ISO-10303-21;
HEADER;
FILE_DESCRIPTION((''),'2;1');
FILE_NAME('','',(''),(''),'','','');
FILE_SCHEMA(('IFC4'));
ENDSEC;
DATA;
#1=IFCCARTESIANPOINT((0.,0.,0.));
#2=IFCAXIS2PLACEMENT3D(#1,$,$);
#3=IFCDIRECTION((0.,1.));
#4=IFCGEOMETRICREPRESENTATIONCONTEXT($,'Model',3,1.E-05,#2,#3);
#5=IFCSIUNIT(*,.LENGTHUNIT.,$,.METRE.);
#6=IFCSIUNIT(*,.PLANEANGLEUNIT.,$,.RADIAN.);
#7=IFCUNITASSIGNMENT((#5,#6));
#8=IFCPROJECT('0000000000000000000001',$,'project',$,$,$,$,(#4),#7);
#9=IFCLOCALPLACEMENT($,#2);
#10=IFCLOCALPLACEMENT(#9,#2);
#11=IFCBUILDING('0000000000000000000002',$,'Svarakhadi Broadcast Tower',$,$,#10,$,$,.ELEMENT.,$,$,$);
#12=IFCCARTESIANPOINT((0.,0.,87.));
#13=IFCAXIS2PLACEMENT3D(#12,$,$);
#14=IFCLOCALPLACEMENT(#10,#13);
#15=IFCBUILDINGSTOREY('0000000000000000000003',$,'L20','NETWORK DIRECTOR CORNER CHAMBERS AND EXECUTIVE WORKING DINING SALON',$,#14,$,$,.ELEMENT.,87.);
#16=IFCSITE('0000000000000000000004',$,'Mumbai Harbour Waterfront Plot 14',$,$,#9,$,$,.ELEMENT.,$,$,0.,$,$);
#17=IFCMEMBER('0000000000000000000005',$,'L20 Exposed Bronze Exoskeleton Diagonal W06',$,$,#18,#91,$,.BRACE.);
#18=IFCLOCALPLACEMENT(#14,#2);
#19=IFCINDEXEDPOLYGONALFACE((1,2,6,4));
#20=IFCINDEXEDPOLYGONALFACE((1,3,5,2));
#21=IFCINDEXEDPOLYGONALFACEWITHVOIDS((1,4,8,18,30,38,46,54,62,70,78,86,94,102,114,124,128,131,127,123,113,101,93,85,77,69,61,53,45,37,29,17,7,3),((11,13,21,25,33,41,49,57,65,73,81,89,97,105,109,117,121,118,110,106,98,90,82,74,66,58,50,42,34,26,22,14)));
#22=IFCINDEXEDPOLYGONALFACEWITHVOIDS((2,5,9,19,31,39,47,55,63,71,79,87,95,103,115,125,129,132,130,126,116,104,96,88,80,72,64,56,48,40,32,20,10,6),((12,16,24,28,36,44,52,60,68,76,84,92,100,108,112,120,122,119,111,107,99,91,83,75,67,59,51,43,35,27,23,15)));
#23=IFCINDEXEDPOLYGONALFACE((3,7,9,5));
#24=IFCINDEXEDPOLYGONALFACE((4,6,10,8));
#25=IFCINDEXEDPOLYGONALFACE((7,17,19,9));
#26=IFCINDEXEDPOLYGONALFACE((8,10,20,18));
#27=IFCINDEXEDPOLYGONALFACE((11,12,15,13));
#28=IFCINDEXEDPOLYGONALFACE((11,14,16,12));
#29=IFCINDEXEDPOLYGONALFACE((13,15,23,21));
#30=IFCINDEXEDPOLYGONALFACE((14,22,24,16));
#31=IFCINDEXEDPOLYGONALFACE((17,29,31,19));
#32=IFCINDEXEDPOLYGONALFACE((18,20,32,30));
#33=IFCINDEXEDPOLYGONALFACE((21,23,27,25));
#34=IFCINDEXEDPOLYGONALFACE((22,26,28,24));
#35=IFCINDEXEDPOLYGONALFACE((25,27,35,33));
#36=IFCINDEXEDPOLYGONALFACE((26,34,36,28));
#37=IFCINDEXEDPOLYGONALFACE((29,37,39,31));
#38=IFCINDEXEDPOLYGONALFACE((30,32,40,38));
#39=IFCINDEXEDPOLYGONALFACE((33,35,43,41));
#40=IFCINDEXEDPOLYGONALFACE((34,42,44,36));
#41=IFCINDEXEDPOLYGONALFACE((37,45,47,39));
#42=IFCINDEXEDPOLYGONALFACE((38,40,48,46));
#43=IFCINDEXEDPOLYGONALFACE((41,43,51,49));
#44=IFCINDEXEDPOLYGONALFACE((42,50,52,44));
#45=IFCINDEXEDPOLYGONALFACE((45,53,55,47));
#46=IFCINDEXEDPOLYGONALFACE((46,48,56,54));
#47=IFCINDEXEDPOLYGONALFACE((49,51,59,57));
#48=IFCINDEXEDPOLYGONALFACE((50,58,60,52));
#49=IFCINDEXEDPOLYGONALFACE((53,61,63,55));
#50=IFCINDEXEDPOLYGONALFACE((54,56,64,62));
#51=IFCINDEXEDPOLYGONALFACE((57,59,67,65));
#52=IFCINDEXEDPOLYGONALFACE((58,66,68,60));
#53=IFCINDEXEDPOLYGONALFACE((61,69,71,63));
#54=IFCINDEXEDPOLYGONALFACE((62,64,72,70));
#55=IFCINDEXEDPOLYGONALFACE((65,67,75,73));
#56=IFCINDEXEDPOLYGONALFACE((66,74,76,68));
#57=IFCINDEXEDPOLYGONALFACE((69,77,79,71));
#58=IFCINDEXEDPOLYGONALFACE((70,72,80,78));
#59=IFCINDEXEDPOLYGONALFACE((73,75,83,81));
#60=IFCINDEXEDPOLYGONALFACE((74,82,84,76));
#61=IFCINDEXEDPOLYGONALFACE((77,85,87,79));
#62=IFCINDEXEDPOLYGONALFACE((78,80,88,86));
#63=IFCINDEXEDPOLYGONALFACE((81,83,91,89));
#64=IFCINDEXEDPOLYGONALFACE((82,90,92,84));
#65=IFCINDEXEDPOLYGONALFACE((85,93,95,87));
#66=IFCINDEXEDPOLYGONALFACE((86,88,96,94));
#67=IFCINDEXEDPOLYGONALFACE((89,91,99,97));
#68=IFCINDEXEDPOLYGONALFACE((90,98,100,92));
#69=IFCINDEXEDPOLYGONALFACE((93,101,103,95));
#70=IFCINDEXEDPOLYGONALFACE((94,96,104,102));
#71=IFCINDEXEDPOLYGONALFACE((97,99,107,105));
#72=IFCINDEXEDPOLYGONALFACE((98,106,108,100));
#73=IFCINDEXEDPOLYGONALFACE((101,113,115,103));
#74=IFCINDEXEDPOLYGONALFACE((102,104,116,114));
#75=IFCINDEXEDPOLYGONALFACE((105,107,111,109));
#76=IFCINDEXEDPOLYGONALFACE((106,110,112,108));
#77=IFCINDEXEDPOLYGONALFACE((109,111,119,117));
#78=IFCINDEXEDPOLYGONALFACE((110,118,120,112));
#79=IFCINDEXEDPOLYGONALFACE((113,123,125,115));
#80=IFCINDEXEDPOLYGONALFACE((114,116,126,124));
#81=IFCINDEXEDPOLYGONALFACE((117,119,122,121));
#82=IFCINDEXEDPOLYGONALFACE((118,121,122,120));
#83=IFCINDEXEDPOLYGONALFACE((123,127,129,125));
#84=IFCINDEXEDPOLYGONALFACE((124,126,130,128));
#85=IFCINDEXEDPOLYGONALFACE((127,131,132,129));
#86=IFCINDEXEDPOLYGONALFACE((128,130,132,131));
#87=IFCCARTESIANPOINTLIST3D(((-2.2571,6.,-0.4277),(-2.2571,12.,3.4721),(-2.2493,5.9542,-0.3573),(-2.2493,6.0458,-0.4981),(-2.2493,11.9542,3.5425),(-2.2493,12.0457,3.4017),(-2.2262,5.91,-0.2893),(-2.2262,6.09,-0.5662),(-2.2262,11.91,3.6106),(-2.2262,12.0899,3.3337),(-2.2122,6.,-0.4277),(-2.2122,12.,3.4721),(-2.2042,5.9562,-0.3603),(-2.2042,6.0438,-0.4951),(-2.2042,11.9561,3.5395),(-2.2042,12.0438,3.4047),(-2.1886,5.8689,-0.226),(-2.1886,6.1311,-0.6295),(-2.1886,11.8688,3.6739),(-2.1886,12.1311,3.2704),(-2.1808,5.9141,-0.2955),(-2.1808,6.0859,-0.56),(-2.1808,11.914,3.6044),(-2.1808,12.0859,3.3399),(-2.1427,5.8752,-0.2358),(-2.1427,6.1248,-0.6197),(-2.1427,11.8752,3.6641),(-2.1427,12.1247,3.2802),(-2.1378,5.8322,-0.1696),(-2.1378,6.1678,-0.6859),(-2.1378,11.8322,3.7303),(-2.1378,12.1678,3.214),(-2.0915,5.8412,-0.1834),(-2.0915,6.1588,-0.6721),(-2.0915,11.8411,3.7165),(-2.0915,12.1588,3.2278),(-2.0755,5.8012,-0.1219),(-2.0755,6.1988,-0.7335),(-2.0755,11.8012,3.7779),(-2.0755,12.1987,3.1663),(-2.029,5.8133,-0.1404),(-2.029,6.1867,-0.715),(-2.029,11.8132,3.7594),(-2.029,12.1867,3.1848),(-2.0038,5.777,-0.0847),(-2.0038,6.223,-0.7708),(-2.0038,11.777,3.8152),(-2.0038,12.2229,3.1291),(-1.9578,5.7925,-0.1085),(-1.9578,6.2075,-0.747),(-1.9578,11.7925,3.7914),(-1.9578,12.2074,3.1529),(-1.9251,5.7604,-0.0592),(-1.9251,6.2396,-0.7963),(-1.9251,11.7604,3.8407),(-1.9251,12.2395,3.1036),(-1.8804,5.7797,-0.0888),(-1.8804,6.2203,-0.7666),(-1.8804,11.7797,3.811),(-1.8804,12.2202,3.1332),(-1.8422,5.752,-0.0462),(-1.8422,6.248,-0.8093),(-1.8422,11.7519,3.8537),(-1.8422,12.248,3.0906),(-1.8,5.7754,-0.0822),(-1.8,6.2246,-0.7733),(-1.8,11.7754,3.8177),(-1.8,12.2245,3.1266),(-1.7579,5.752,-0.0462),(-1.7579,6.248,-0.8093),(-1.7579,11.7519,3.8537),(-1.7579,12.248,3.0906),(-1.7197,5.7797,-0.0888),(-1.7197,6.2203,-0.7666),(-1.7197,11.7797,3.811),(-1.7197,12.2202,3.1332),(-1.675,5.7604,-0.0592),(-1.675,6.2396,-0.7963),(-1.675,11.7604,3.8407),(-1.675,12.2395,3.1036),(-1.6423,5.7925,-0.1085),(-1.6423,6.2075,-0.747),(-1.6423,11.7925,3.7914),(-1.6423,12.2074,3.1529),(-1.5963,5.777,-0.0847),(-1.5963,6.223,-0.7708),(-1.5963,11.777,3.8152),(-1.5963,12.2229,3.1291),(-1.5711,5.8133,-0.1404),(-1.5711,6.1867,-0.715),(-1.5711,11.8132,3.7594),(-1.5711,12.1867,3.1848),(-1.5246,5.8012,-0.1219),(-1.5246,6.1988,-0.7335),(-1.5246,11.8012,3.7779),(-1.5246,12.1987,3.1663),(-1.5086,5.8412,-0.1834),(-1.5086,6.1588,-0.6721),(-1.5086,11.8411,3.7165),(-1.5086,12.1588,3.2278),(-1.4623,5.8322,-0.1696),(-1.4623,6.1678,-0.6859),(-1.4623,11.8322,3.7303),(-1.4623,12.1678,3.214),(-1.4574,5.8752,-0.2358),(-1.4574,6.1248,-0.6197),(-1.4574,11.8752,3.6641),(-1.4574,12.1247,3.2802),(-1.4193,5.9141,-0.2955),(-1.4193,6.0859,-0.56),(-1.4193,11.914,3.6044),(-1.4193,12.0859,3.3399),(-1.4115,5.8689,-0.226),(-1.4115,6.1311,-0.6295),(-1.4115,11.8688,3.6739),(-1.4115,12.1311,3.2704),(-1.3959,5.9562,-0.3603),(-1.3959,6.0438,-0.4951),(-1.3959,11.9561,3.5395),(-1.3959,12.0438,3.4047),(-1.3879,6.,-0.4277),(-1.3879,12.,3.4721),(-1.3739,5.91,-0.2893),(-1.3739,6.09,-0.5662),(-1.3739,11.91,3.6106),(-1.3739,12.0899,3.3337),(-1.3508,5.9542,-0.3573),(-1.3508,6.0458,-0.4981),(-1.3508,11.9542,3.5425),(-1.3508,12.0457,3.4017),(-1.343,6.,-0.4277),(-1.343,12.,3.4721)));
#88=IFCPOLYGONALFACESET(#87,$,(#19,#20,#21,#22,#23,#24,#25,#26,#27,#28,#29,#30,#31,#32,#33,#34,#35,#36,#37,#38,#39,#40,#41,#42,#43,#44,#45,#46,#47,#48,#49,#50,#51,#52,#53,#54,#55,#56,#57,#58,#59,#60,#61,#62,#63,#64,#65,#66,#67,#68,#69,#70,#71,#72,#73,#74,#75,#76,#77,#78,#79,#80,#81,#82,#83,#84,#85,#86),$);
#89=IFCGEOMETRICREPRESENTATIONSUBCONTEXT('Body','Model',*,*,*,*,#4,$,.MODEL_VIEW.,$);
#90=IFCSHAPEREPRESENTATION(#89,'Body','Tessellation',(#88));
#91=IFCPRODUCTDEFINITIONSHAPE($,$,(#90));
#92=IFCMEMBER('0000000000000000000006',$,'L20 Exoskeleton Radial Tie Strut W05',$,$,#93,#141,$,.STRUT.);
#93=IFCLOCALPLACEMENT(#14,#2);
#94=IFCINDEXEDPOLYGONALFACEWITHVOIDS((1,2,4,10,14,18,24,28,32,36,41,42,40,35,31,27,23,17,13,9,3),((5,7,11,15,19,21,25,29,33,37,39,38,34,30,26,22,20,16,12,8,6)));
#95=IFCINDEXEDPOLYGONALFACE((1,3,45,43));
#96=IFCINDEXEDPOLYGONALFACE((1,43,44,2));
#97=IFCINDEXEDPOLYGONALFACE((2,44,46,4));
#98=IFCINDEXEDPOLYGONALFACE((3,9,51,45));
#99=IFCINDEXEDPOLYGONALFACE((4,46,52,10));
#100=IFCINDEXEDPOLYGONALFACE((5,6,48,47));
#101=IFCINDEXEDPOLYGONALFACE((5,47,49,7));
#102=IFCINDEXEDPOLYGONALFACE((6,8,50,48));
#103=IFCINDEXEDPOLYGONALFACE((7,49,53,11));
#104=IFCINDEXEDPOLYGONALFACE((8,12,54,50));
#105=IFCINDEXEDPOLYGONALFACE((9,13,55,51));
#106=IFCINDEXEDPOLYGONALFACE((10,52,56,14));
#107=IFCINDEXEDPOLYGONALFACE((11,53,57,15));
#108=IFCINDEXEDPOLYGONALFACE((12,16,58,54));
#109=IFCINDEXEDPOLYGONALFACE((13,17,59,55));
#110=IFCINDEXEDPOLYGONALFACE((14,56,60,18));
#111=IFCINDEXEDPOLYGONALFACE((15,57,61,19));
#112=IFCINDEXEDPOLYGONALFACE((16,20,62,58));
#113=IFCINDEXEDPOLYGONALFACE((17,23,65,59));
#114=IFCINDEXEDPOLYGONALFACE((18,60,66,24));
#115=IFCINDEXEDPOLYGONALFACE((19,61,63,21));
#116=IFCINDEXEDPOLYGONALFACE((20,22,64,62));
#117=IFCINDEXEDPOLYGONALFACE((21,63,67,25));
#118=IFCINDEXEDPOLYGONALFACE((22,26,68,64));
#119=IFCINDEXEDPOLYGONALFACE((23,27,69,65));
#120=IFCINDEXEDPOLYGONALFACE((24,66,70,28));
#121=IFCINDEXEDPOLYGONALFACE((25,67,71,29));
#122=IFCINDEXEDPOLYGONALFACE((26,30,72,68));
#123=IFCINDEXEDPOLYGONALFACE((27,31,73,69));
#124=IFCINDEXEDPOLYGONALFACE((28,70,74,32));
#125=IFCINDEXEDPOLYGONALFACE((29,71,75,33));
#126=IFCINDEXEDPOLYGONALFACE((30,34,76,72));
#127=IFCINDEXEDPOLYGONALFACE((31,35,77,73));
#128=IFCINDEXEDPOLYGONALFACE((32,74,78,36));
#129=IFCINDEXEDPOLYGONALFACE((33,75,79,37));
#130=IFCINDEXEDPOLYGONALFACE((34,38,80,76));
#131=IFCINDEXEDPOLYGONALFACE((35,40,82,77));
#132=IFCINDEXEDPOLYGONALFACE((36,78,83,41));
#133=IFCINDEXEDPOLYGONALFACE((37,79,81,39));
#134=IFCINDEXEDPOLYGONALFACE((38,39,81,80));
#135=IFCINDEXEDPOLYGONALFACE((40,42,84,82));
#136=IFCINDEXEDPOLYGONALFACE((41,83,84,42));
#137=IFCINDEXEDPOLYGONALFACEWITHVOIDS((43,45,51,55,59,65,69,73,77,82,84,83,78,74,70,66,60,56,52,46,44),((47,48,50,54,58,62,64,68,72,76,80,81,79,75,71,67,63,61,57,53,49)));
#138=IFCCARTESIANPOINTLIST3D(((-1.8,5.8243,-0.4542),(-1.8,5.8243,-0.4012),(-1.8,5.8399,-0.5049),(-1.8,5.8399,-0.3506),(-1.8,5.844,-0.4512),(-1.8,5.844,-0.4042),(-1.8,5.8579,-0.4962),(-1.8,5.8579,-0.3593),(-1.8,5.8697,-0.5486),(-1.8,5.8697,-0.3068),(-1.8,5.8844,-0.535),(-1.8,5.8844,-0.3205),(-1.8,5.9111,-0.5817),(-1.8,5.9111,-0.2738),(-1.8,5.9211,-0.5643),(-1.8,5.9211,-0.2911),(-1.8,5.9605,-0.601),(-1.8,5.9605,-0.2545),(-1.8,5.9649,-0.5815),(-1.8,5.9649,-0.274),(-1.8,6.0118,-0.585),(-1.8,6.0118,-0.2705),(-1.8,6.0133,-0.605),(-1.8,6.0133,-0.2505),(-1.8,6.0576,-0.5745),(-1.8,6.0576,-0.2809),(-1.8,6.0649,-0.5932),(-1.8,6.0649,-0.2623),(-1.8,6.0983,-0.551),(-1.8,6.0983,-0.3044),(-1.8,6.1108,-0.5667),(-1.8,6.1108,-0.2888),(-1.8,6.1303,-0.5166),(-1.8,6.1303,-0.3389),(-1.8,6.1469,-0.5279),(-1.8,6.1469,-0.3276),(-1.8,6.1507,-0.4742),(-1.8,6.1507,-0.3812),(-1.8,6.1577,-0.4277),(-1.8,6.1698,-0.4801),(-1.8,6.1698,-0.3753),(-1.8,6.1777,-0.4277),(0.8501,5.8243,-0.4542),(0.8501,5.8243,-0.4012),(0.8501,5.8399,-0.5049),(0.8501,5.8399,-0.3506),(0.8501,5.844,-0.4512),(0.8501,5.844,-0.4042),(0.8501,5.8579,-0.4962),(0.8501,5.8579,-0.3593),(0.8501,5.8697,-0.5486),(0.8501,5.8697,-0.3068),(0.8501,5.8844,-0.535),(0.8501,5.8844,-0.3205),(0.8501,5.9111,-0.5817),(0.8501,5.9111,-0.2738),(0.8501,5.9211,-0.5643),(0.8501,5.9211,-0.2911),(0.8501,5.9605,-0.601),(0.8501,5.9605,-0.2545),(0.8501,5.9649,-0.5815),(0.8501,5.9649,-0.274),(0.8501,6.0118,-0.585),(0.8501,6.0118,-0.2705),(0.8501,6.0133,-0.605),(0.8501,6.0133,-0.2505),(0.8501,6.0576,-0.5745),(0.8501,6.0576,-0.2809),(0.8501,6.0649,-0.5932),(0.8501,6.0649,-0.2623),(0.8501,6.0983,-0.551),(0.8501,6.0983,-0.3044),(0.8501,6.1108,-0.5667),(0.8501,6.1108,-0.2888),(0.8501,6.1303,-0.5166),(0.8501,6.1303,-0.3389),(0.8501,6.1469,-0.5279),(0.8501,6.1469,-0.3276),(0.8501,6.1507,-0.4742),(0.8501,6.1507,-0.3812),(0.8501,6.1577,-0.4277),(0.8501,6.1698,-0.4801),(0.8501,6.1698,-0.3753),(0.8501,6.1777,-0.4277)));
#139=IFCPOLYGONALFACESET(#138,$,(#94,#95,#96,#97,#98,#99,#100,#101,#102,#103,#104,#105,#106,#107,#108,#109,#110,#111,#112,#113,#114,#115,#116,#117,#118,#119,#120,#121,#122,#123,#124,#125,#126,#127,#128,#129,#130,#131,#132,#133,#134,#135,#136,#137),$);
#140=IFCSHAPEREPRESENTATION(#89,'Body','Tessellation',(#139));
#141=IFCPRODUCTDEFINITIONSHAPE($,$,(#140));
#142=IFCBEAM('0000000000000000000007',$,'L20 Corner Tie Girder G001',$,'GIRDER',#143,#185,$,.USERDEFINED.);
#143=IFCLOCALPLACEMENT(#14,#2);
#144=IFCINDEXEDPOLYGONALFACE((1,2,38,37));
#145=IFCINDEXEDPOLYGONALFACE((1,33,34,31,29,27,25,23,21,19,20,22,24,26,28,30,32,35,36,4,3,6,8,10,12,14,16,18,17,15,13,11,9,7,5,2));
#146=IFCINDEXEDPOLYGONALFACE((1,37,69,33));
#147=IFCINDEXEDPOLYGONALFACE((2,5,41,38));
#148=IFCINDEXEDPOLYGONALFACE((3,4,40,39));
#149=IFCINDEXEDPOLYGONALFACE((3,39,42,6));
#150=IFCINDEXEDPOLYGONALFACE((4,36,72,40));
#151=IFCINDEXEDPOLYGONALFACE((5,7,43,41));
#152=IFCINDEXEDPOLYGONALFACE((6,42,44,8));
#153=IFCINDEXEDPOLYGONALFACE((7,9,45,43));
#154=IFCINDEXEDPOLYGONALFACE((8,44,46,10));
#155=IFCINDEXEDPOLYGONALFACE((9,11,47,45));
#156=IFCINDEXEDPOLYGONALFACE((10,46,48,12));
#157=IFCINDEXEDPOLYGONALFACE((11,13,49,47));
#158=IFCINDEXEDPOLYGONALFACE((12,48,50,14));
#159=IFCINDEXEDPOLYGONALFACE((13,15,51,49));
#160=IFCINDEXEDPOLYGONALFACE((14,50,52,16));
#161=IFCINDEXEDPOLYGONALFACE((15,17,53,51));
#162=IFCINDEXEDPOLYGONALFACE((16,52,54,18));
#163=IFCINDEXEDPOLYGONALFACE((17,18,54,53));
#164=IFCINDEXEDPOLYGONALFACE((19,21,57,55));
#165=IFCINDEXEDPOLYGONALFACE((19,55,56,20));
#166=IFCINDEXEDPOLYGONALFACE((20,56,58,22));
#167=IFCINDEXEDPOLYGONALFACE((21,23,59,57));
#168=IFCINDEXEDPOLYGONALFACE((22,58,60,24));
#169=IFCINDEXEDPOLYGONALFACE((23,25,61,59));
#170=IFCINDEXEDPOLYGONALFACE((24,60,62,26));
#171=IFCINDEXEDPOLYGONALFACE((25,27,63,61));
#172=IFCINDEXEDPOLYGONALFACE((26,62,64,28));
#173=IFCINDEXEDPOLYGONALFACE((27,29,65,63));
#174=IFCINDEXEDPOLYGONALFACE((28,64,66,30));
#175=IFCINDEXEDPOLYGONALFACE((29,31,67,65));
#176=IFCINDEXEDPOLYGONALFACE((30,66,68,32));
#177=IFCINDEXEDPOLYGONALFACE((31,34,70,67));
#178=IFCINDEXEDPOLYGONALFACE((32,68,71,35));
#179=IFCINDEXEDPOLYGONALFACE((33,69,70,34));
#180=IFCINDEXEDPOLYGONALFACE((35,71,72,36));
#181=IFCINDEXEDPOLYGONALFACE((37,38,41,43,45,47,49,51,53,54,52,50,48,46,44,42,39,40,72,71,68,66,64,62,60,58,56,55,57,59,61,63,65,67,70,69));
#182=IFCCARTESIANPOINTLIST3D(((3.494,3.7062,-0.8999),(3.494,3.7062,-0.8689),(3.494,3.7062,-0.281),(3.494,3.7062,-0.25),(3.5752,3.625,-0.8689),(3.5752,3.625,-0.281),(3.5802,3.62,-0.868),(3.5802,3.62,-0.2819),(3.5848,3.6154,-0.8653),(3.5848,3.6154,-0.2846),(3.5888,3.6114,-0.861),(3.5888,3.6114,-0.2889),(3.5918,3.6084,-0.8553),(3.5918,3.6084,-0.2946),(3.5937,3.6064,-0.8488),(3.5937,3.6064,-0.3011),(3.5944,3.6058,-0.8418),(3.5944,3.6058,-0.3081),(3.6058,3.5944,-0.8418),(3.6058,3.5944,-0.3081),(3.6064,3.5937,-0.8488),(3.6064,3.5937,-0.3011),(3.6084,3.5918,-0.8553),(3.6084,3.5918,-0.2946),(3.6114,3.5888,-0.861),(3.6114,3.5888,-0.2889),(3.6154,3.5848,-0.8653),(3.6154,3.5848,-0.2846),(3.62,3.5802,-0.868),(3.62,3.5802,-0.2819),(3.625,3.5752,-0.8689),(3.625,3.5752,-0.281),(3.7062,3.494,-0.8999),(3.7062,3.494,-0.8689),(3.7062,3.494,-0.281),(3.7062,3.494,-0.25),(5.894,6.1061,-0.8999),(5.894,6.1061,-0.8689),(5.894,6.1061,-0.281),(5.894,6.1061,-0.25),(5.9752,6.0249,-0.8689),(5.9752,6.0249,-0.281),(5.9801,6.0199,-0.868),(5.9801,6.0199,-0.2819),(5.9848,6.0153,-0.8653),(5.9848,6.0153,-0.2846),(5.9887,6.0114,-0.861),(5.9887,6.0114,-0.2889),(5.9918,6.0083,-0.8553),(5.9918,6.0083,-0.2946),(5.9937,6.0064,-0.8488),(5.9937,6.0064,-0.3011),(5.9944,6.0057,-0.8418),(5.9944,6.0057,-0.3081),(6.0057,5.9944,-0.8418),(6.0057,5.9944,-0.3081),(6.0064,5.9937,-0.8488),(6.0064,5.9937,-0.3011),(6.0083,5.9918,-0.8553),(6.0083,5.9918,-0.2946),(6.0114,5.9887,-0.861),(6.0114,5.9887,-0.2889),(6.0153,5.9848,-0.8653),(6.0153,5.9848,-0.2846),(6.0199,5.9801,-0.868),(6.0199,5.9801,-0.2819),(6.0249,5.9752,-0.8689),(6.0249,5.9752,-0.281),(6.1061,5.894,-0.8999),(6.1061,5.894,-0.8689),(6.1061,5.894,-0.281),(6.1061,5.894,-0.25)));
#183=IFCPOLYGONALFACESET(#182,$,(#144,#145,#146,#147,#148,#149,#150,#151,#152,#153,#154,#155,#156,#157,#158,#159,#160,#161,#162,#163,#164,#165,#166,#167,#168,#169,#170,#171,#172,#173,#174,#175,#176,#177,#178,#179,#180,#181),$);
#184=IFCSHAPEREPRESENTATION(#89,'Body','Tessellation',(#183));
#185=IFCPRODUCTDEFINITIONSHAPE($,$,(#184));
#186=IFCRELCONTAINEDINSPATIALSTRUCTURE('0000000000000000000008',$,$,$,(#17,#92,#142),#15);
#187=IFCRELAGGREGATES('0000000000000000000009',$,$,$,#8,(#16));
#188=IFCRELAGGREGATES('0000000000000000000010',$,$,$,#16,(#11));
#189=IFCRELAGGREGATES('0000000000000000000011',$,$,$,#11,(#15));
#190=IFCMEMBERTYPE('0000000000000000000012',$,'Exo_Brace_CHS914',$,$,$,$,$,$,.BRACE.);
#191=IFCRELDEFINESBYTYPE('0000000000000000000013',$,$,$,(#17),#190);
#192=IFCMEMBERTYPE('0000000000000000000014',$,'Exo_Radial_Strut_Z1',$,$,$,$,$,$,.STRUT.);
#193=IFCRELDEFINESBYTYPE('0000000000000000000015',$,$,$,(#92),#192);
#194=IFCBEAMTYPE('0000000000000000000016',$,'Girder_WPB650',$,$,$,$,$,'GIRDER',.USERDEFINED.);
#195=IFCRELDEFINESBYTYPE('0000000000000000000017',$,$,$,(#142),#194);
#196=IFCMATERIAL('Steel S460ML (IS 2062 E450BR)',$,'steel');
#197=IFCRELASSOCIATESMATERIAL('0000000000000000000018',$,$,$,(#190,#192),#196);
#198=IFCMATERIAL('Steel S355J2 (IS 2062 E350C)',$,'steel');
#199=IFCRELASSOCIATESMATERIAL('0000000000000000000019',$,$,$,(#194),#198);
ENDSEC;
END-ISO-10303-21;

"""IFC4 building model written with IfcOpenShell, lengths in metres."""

from ifc_helpers import new_model, si_unit, direction, frame, origin, origin_2d, place, context, subcontext, project, spatial, hollow_circle, i_section, extrude, material, material_profile, profile_set, type_object, element, save


model = new_model("IFC4")

# Units and contexts
model_context = context("Model", 3, precision=1e-05, world=origin(), true_north=direction((0.0, 1.0)))
body_context = subcontext(model_context, "Body", "Model", "MODEL_VIEW")
ifc_project = project(units=[si_unit("LENGTHUNIT", "METRE"), si_unit("PLANEANGLEUNIT", "RADIAN")], contexts=[model_context])

# Site, building, storey
site_placement = place(None, origin())
site = spatial("IfcSite", under=ifc_project, at=site_placement, Name="Mumbai Harbour Waterfront Plot 14", CompositionType="ELEMENT", RefElevation=0.0)
building_placement = place(site_placement, origin())
building = spatial("IfcBuilding", under=site, at=building_placement, Name="Svarakhadi Broadcast Tower", CompositionType="ELEMENT")
storey_placement = place(building_placement, frame((0.0, 0.0, 87.0)))
storey = spatial("IfcBuildingStorey", under=building, at=storey_placement, Name="L20", Description="NETWORK DIRECTOR CORNER CHAMBERS AND EXECUTIVE WORKING DINING SALON", CompositionType="ELEMENT", Elevation=87.0)

# Shared definitions
ifc_material_1 = material(Name="Steel S460ML (IS 2062 E450BR)", Category="steel")

# Members
ifc_material_profile_1 = material_profile(ifc_material_1, hollow_circle(Radius=0.457, WallThickness=0.0449, at=origin_2d()), Name="CHS 914x45")
ifc_profile_set_1 = profile_set([ifc_material_profile_1], Name="Steel S460ML (IS 2062 E450BR)")
member_type_1 = type_object("IfcMemberType", Name="Exo_Brace_CHS914", PredefinedType="BRACE", material=ifc_profile_set_1)
member_1_placement = place(storey_placement, frame((-1.8, 6.0, -0.4277), z_axis=(0.0, 0.83845, 0.544979), x_axis=(-1.0, 0.0, 0.0)))
element("IfcMember", 1, at=member_1_placement, inside=storey, type_object=member_type_1, Name="L20 Exposed Bronze Exoskeleton Diagonal W06", PredefinedType="BRACE", context=body_context, shape_type="SweptSolid", body=[
    extrude(hollow_circle(Radius=0.457, WallThickness=0.0449, at=origin_2d()), origin(), (0.0, 0.0, 1.0), 7.156),
])
ifc_material_profile_2 = material_profile(ifc_material_1, hollow_circle(Radius=0.1777, WallThickness=0.02, at=origin_2d()), Name="CHS 355.6x20")
ifc_profile_set_2 = profile_set([ifc_material_profile_2], Name="Steel S460ML (IS 2062 E450BR)")
member_type_2 = type_object("IfcMemberType", Name="Exo_Radial_Strut_Z1", PredefinedType="STRUT", material=ifc_profile_set_2)
member_2_placement = place(storey_placement, frame((-1.8, 6.0, -0.4277), z_axis=(1.0, 0.0, 0.0), x_axis=(0.0, 1.0, 0.0)))
element("IfcMember", 2, at=member_2_placement, inside=storey, type_object=member_type_2, Name="L20 Exoskeleton Radial Tie Strut W05", PredefinedType="STRUT", context=body_context, shape_type="SweptSolid", body=[
    extrude(hollow_circle(Radius=0.1777, WallThickness=0.02, at=origin_2d()), origin(), (0.0, 0.0, 1.0), 2.6501),
])

# Beam
ifc_material_2 = material(Name="Steel S355J2 (IS 2062 E350C)", Category="steel")
ifc_material_profile_3 = material_profile(ifc_material_2, i_section(OverallWidth=0.3, OverallDepth=0.6499, WebThickness=0.0161, FlangeThickness=0.031, FilletRadius=0.0271, at=origin_2d()), Name="WPB 650x300x225")
ifc_profile_set_3 = profile_set([ifc_material_profile_3], Name="Steel S355J2 (IS 2062 E350C)")
beam_type = type_object("IfcBeamType", Name="Girder_WPB650", ElementType="GIRDER", PredefinedType="USERDEFINED", material=ifc_profile_set_3)
beam_1_placement = place(storey_placement, frame((3.6001, 3.6001, -0.575), z_axis=(0.707107, 0.707107, 0.0), x_axis=(-0.707107, 0.707107, 0.0)))
element("IfcBeam", 3, at=beam_1_placement, inside=storey, type_object=beam_type, Name="L20 Corner Tie Girder G001", ObjectType="GIRDER", PredefinedType="USERDEFINED", context=body_context, shape_type="SweptSolid", body=[
    extrude(i_section(OverallWidth=0.3, OverallDepth=0.6499, WebThickness=0.0161, FlangeThickness=0.031, FilletRadius=0.0271, at=origin_2d()), origin(), (0.0, 0.0, 1.0), 3.394),
])

save(model, "model.ifc")
